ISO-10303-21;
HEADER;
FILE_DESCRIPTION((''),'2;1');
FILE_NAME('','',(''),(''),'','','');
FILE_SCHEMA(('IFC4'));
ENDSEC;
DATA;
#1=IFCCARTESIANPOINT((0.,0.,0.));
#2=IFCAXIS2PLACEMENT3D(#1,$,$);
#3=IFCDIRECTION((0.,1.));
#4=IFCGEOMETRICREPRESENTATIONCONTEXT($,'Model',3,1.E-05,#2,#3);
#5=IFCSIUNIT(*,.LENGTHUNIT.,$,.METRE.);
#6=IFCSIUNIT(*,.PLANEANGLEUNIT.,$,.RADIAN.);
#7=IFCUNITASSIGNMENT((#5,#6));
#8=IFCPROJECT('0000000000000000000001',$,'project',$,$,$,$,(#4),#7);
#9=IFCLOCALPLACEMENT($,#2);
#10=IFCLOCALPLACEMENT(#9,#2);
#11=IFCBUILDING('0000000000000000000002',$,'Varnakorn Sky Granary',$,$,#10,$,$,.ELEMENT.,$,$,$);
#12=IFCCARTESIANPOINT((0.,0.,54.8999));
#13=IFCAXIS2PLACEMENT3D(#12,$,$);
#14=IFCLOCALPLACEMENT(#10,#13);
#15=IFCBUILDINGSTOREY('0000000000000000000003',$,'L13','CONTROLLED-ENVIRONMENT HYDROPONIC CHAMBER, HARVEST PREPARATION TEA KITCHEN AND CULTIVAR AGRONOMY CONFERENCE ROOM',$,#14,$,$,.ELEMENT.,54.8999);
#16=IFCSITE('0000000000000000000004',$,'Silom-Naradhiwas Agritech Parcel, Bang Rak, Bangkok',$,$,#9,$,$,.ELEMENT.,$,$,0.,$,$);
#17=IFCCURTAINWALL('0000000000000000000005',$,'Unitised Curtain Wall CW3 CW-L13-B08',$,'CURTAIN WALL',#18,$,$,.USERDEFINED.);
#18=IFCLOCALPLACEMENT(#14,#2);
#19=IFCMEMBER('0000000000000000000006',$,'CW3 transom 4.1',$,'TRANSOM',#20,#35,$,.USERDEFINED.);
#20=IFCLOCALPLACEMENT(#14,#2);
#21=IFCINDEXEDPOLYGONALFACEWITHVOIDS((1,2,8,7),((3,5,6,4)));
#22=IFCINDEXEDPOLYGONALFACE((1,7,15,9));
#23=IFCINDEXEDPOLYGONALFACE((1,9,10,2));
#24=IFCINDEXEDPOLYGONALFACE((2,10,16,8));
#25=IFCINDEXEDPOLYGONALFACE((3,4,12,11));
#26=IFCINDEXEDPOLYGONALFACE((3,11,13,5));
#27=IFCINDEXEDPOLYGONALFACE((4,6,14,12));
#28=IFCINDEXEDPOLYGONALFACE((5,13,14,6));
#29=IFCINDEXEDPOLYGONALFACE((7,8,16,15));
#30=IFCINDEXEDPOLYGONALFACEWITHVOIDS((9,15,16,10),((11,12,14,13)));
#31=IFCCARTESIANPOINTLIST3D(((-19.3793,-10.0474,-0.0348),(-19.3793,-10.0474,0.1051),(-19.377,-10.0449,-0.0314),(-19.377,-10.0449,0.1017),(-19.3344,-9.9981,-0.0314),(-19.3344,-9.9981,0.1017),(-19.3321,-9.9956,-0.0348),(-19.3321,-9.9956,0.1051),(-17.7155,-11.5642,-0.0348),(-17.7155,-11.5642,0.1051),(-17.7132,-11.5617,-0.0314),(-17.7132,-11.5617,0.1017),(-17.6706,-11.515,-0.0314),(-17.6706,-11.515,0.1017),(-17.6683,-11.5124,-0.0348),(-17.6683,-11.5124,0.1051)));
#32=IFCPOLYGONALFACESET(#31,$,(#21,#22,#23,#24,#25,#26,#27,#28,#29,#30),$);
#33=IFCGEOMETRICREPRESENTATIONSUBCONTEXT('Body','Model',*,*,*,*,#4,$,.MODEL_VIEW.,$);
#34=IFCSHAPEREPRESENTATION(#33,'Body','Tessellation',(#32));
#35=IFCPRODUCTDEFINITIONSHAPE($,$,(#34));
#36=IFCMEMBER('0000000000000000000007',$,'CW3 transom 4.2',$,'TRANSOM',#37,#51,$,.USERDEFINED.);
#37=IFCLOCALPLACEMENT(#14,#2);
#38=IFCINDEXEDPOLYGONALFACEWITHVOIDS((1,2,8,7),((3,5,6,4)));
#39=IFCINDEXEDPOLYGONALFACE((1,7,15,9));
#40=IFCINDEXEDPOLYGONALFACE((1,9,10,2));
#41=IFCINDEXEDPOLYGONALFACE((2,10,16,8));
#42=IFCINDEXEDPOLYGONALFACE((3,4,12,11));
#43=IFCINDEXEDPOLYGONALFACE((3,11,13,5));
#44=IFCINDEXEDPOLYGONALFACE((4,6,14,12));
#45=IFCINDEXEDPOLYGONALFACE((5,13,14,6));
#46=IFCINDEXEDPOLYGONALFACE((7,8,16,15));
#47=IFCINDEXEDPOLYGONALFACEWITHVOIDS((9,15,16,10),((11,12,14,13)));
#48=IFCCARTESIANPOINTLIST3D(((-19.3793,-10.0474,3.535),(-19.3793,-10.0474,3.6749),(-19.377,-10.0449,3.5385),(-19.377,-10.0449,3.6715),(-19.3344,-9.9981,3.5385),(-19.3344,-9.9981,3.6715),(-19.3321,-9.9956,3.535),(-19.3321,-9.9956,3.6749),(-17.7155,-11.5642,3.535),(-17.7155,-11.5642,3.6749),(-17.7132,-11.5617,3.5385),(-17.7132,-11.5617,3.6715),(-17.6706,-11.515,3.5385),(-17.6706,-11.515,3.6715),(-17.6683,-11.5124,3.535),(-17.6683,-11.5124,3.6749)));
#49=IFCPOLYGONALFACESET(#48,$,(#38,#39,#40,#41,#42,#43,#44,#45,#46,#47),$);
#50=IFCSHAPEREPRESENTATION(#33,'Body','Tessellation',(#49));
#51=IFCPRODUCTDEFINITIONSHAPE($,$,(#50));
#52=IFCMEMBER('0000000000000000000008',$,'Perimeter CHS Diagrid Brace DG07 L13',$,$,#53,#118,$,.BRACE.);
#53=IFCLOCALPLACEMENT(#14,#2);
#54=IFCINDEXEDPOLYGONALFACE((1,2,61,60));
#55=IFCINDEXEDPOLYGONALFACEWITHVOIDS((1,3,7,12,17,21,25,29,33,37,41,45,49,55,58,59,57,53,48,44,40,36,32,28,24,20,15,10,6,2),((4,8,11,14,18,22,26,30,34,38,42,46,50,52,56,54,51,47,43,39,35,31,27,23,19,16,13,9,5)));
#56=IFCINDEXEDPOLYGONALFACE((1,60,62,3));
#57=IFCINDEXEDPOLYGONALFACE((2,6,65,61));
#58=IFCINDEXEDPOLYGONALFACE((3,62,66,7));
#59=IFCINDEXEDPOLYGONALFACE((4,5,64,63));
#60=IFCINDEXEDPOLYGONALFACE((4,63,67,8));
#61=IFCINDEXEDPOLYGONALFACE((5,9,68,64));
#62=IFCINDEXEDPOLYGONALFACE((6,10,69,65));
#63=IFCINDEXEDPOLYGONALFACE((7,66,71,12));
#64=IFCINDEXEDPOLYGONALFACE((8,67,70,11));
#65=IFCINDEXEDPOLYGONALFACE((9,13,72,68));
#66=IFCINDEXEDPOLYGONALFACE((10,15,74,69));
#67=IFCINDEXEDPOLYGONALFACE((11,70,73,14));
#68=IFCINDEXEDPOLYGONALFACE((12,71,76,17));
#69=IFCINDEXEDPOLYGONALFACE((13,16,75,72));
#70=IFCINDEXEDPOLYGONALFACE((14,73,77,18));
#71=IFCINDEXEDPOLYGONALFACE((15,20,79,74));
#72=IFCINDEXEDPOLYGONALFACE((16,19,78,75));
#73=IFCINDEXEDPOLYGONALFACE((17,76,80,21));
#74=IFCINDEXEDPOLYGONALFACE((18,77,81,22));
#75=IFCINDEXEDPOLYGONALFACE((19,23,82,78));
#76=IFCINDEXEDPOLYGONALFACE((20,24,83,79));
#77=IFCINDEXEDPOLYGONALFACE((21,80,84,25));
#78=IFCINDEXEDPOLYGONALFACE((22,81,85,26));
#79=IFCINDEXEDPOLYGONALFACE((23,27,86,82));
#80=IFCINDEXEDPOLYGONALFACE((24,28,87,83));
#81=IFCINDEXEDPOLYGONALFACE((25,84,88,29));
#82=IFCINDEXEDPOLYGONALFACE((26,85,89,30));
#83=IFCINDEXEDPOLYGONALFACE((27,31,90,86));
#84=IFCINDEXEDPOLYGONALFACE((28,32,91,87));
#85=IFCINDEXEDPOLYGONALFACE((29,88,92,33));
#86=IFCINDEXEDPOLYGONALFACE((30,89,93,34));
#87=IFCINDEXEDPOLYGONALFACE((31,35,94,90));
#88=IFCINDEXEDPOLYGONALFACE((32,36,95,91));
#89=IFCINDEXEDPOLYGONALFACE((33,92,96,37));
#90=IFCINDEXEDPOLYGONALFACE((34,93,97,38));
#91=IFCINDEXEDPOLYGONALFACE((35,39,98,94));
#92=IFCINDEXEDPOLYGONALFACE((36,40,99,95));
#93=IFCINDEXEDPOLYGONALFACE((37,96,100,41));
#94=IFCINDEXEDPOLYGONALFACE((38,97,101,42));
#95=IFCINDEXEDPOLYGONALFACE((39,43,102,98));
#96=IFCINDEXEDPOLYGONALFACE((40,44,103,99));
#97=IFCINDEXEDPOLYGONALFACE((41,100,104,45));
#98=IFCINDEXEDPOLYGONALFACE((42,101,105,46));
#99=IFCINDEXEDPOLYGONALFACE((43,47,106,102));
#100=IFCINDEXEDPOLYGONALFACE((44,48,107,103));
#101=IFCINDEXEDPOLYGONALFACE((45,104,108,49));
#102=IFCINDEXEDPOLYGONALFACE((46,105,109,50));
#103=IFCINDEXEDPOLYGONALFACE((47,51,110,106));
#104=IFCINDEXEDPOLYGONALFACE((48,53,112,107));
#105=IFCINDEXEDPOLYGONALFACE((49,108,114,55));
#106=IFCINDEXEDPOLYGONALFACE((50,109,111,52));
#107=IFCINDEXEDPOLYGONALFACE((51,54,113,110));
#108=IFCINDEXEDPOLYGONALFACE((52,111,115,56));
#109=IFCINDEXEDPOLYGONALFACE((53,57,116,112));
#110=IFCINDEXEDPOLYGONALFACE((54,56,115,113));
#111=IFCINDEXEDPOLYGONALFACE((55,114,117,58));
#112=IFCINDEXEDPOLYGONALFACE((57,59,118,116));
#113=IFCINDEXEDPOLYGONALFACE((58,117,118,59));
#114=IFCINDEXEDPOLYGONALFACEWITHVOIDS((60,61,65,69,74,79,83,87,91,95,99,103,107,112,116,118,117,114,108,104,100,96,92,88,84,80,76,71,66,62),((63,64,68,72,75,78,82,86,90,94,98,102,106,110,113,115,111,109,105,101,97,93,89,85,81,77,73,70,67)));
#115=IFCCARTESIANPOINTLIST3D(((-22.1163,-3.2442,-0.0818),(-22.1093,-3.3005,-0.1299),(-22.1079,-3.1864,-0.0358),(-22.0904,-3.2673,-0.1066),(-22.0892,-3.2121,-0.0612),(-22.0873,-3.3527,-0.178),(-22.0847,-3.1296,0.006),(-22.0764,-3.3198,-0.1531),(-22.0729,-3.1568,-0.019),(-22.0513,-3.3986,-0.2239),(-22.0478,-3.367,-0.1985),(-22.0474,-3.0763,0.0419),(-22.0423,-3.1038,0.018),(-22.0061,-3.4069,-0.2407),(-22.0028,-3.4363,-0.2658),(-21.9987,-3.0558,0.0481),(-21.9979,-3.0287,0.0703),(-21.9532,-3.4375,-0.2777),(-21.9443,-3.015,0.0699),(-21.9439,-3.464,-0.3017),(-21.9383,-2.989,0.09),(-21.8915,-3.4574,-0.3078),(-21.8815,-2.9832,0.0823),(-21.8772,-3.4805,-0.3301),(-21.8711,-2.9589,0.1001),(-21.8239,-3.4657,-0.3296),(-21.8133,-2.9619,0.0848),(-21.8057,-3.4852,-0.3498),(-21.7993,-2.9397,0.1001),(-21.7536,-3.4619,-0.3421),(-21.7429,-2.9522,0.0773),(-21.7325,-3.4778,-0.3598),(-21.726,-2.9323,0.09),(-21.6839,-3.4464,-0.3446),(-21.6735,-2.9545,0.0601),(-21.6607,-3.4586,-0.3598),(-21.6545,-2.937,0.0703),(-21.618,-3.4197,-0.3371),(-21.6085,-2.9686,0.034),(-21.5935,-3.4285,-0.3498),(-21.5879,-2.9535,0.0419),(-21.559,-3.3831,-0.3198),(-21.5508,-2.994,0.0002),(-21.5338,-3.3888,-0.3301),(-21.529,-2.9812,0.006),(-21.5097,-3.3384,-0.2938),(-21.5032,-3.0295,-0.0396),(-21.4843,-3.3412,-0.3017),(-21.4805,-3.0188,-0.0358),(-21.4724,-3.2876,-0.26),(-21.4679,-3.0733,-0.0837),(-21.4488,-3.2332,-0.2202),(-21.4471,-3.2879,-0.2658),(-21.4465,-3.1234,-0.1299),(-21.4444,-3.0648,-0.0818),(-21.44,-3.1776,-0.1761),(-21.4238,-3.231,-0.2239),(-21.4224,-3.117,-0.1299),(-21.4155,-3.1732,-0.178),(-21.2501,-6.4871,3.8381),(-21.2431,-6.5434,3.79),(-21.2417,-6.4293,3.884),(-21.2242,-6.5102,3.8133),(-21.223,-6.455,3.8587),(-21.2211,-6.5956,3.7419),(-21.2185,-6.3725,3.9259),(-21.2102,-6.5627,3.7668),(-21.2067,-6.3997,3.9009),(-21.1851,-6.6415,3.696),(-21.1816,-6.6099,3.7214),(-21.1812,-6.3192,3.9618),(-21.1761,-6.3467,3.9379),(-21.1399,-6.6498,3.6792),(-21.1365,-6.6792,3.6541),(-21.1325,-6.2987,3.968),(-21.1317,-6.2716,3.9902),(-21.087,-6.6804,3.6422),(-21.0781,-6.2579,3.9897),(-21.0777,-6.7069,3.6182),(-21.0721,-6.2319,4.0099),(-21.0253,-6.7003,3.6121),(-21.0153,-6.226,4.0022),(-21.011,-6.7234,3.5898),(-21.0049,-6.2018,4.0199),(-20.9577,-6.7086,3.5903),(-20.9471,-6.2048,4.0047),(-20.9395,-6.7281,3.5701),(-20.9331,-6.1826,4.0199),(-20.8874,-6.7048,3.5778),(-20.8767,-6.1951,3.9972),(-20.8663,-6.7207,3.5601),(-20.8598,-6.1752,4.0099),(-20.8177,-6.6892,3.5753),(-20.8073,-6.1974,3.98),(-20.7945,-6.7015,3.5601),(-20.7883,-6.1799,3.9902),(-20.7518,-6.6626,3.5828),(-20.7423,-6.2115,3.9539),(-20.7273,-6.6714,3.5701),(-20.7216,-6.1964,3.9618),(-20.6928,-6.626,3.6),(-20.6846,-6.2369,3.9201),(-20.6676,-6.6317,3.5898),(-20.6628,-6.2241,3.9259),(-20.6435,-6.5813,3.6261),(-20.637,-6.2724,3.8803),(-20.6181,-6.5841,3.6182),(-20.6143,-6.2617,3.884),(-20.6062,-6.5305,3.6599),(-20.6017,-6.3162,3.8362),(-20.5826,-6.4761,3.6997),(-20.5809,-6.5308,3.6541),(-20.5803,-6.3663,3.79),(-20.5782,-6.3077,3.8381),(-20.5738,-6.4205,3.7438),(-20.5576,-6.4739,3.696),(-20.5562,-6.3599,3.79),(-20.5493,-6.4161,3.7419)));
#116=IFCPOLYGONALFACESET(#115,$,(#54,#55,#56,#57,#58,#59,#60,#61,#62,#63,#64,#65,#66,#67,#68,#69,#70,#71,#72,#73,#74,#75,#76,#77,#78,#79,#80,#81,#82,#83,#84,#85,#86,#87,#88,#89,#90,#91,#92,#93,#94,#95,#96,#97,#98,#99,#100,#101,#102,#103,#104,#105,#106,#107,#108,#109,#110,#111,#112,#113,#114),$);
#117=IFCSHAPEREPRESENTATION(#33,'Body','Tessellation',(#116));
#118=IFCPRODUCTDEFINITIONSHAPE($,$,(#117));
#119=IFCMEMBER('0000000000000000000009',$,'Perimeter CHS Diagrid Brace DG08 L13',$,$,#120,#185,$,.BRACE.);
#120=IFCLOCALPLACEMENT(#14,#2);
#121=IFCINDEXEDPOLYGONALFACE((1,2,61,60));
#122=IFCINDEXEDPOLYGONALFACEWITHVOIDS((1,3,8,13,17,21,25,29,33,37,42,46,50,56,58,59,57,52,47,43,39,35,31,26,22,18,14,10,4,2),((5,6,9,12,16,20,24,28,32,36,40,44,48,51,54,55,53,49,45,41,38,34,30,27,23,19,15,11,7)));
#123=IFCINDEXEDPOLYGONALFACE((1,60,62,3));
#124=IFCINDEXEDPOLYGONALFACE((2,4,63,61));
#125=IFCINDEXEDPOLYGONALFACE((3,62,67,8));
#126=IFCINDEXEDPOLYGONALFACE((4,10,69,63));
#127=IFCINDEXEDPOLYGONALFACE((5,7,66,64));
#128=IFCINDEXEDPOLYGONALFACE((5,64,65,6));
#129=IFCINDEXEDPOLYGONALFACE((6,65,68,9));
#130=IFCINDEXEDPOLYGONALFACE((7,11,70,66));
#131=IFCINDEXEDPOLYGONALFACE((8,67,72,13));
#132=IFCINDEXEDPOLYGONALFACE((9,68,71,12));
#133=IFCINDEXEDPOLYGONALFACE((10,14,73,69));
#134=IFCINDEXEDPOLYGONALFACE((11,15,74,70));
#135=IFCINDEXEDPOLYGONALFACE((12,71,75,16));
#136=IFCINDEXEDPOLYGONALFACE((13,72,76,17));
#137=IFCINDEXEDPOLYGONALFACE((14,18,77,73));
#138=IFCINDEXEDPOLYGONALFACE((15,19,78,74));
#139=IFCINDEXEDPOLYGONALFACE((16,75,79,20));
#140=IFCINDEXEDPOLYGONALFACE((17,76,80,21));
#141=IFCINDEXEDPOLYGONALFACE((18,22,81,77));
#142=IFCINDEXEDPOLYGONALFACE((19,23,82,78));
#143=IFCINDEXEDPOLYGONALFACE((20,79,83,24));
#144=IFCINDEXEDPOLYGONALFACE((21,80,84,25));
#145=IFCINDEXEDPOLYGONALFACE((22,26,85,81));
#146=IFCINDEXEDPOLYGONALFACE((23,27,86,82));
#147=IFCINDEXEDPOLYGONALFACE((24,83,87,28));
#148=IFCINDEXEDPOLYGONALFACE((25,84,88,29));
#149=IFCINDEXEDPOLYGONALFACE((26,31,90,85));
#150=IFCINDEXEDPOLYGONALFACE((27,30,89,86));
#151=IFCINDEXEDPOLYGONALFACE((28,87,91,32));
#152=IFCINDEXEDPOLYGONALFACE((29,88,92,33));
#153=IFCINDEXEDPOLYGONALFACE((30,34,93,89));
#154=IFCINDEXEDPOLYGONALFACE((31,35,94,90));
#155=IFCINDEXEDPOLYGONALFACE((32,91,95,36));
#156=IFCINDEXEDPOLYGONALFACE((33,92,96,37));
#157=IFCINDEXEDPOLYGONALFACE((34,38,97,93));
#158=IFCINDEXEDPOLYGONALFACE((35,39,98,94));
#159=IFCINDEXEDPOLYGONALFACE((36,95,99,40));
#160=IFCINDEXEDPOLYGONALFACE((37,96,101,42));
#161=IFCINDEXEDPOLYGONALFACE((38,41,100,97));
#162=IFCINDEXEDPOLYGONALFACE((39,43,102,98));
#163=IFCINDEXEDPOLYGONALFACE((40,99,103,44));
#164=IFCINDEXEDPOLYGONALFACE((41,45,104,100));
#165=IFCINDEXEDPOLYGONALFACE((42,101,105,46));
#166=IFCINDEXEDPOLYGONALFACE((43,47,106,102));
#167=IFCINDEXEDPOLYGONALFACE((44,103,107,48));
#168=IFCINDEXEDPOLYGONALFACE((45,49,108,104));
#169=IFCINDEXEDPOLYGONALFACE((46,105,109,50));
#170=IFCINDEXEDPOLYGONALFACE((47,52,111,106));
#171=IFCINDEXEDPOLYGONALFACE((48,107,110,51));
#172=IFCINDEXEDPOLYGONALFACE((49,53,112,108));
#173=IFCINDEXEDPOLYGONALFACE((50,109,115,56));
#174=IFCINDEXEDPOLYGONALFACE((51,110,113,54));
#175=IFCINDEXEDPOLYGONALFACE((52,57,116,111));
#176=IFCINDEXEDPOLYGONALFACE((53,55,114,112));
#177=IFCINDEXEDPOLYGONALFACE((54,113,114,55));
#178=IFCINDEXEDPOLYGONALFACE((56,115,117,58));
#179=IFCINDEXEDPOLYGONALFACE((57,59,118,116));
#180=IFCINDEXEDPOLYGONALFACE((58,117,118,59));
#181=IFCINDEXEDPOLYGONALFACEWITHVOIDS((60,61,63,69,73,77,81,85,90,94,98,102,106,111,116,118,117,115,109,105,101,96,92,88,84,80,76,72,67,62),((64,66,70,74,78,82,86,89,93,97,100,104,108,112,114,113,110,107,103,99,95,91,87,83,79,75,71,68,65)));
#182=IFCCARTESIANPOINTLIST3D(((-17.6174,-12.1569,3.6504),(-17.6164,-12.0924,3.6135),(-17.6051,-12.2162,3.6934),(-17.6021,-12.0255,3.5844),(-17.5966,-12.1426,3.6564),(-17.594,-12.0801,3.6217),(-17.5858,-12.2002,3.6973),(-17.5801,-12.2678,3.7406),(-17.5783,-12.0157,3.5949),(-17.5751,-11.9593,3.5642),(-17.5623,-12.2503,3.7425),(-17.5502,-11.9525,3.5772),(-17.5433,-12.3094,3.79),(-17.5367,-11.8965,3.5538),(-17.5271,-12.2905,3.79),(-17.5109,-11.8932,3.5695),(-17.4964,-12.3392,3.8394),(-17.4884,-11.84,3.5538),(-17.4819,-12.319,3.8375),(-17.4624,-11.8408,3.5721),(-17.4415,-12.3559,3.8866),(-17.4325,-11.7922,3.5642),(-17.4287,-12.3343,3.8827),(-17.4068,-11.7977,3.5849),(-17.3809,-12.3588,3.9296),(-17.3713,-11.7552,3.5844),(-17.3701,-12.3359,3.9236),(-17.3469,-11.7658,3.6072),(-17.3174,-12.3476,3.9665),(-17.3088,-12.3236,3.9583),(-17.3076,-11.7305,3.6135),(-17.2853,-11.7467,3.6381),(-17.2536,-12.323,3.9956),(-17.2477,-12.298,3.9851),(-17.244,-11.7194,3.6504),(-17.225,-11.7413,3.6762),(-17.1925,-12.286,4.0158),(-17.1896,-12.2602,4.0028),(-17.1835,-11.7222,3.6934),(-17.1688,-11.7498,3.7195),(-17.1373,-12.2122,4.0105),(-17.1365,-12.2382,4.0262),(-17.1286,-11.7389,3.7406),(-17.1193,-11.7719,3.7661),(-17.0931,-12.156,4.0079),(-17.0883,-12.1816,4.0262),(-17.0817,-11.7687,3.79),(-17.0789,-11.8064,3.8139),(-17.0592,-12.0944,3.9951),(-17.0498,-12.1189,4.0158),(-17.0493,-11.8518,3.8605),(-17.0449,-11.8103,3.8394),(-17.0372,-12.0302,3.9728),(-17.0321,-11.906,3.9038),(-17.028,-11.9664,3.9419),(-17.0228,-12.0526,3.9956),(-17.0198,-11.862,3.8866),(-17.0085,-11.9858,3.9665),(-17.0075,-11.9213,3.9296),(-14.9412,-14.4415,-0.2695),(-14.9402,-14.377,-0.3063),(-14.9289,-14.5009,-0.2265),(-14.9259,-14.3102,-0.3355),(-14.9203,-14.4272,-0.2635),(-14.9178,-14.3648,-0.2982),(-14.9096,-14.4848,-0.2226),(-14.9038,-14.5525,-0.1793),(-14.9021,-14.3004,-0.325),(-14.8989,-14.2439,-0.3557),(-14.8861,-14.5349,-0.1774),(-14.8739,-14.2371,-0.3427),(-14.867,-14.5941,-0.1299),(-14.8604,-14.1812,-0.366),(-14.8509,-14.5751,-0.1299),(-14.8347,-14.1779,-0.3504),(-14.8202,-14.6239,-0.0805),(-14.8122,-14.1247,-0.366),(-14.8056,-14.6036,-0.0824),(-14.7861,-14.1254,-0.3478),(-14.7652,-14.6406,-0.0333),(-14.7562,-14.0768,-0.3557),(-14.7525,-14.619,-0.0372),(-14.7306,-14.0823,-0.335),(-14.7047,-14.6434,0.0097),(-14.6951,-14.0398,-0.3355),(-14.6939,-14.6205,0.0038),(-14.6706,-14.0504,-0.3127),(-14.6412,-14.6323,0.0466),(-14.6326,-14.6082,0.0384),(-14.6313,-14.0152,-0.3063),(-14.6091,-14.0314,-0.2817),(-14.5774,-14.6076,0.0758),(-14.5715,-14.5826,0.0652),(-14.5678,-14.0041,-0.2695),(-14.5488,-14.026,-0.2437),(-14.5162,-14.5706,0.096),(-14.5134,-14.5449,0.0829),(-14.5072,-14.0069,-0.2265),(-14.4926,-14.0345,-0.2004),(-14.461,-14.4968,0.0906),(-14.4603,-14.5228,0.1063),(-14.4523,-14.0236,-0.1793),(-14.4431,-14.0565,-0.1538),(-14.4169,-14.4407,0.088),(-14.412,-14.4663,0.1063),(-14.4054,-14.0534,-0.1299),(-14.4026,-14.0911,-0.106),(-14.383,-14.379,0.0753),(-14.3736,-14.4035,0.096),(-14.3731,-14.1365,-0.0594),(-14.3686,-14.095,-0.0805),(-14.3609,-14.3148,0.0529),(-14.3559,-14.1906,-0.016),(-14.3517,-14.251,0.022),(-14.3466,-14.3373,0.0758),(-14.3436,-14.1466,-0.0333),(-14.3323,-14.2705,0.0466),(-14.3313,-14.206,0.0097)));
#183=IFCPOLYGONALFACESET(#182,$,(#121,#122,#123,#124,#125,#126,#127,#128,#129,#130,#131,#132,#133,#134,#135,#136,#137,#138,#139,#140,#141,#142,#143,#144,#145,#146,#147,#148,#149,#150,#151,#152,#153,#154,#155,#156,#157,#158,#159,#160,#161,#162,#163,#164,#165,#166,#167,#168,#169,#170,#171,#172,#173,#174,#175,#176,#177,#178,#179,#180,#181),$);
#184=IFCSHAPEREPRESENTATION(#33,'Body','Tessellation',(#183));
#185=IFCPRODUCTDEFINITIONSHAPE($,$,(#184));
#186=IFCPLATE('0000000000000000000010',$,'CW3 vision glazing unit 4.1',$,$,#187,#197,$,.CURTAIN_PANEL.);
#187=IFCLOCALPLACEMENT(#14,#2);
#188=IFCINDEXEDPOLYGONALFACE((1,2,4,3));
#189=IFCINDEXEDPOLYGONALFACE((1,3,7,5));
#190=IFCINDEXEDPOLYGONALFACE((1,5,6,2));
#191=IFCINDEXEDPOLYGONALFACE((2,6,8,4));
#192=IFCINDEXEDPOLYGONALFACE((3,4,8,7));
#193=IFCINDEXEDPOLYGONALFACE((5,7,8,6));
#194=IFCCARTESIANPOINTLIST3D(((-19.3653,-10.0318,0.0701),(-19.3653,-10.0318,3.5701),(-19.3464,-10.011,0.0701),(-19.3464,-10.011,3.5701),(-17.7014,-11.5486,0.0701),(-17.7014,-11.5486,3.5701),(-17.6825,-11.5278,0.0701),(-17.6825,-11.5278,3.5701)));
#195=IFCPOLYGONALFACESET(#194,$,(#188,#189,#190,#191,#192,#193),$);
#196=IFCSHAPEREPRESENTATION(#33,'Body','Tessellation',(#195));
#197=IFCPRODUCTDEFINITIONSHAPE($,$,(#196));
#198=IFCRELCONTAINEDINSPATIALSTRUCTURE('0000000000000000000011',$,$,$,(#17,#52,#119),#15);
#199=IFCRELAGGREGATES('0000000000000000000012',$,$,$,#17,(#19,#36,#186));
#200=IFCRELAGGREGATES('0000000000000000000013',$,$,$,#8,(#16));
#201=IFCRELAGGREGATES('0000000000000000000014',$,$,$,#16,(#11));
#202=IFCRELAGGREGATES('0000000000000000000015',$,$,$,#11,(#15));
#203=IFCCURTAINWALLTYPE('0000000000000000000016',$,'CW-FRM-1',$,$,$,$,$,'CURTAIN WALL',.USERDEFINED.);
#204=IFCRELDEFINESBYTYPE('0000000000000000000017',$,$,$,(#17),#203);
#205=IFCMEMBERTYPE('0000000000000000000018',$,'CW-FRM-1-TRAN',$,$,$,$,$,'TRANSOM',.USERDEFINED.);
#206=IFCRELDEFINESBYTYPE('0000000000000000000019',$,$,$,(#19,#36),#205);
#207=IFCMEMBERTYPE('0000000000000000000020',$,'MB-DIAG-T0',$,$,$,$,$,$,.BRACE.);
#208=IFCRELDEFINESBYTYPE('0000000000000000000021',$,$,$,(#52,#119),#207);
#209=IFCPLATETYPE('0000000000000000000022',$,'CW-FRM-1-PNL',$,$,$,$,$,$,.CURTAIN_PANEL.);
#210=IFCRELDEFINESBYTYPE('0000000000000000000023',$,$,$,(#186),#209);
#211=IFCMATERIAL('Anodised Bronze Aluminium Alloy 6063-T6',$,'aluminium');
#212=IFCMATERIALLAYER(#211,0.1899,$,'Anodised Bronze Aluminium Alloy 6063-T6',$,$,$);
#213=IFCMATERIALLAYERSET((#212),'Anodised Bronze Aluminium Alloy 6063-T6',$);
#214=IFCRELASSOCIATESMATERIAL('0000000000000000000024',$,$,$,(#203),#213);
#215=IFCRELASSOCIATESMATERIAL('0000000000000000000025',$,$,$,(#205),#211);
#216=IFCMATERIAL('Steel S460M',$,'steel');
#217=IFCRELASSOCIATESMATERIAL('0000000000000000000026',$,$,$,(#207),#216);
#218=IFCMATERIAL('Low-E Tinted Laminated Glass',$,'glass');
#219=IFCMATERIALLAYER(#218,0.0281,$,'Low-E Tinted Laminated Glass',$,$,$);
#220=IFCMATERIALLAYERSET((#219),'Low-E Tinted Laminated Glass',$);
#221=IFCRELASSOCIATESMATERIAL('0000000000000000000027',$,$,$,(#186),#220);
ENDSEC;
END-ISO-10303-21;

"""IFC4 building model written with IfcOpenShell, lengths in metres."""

from ifc_helpers import new_model, si_unit, direction, frame, origin, origin_2d, place, context, subcontext, project, spatial, rectangle, hollow_rectangle, hollow_circle, extrude, source, transform, mapped, material, layer, layer_set, material_profile, profile_set, type_object, element, aggregate, save


model = new_model("IFC4")

# Units and contexts
model_context = context("Model", 3, precision=1e-05, world=origin(), true_north=direction((0.0, 1.0)))
body_context = subcontext(model_context, "Body", "Model", "MODEL_VIEW")
ifc_project = project(units=[si_unit("LENGTHUNIT", "METRE"), si_unit("PLANEANGLEUNIT", "RADIAN")], contexts=[model_context])

# Site, building, storey
site_placement = place(None, origin())
site = spatial("IfcSite", under=ifc_project, at=site_placement, Name="Silom-Naradhiwas Agritech Parcel, Bang Rak, Bangkok", CompositionType="ELEMENT", RefElevation=0.0)
building_placement = place(site_placement, origin())
building = spatial("IfcBuilding", under=site, at=building_placement, Name="Varnakorn Sky Granary", CompositionType="ELEMENT")
storey_placement = place(building_placement, frame((0.0, 0.0, 54.8999)))
storey = spatial("IfcBuildingStorey", under=building, at=storey_placement, Name="L13", Description="CONTROLLED-ENVIRONMENT HYDROPONIC CHAMBER, HARVEST PREPARATION TEA KITCHEN AND CULTIVAR AGRONOMY CONFERENCE ROOM", CompositionType="ELEMENT", Elevation=54.8999)

# Shared definitions
ifc_material_1 = material(Name="Steel S460M", Category="steel")

# Curtain wall
ifc_material_2 = material(Name="Anodised Bronze Aluminium Alloy 6063-T6", Category="aluminium")
ifc_layer_1 = layer(ifc_material_2, 0.1899, Name="Anodised Bronze Aluminium Alloy 6063-T6")
ifc_layer_set_1 = layer_set([ifc_layer_1], Name="Anodised Bronze Aluminium Alloy 6063-T6")
curtain_wall_type = type_object("IfcCurtainWallType", Name="CW-FRM-1", ElementType="CURTAIN WALL", PredefinedType="USERDEFINED", material=ifc_layer_set_1)
curtain_wall_1_placement = place(storey_placement, origin())
curtain_wall_1 = element("IfcCurtainWall", 1, at=curtain_wall_1_placement, inside=storey, type_object=curtain_wall_type, Name="Unitised Curtain Wall CW3 CW-L13-B08", ObjectType="CURTAIN WALL", PredefinedType="USERDEFINED")

# Members
ifc_material_profile_1 = material_profile(ifc_material_2, hollow_rectangle(XDim=0.0701, YDim=0.1399, WallThickness=0.0034, at=origin_2d()), Name="ALU TRAN 70x140")
ifc_profile_set_1 = profile_set([ifc_material_profile_1], Name="Anodised Bronze Aluminium Alloy 6063-T6")
member_type_1 = type_object("IfcMemberType", Name="CW-FRM-1-TRAN", ElementType="TRANSOM", PredefinedType="USERDEFINED", material=ifc_profile_set_1)
member_1_placement = place(storey_placement, frame((-17.6919, -11.5383, 0.0352), z_axis=(-0.738992, 0.673714, 0.0), x_axis=(-0.673714, -0.738992, 0.0)))
member_1 = element("IfcMember", 2, at=member_1_placement, type_object=member_type_1, Name="CW3 transom 4.1", ObjectType="TRANSOM", PredefinedType="USERDEFINED", context=body_context, shape_type="SweptSolid", body=[
    extrude(hollow_rectangle(XDim=0.0701, YDim=0.1399, WallThickness=0.0034, at=origin_2d()), origin(), (0.0, 0.0, 1.0), 2.2515),
])
member_2_placement = place(storey_placement, frame((-17.6919, -11.5383, 3.605), z_axis=(-0.738992, 0.673714, 0.0), x_axis=(-0.673714, -0.738992, 0.0)))
member_2 = element("IfcMember", 3, at=member_2_placement, type_object=member_type_1, Name="CW3 transom 4.2", ObjectType="TRANSOM", PredefinedType="USERDEFINED", context=body_context, shape_type="SweptSolid", body=[
    extrude(hollow_rectangle(XDim=0.0701, YDim=0.1399, WallThickness=0.0034, at=origin_2d()), origin(), (0.0, 0.0, 1.0), 2.2515),
])

# Members
ifc_material_profile_2 = material_profile(ifc_material_1, hollow_circle(Radius=0.3555, WallThickness=0.0249, at=origin_2d()), Name="CHS 711x25")
ifc_profile_set_2 = profile_set([ifc_material_profile_2], Name="Steel S460M")
member_type_2 = type_object("IfcMemberType", Name="MB-DIAG-T0", PredefinedType="BRACE", material=ifc_profile_set_2)
member_3_placement = place(storey_placement, frame((-21.7659, -3.2087, -0.1299), z_axis=(0.167848, -0.62839, 0.759574), x_axis=(0.966129, 0.258061, 0.0)))
element("IfcMember", 4, at=member_3_placement, inside=storey, type_object=member_type_2, Name="Perimeter CHS Diagrid Brace DG07 L13", PredefinedType="BRACE", context=body_context, shape_type="SweptSolid", body=[
    extrude(hollow_circle(Radius=0.3555, WallThickness=0.0249, at=origin_2d()), origin(), (0.0, 0.0, 1.0), 5.1606),
])
member_4_placement = place(storey_placement, frame((-14.6362, -14.3237, -0.1299), z_axis=(-0.50806, 0.433718, 0.744153), x_axis=(-0.64927, -0.760558, 0.0)))
element("IfcMember", 5, at=member_4_placement, inside=storey, type_object=member_type_2, Name="Perimeter CHS Diagrid Brace DG08 L13", PredefinedType="BRACE", context=body_context, shape_type="SweptSolid", body=[
    extrude(hollow_circle(Radius=0.3555, WallThickness=0.0249, at=origin_2d()), origin(), (0.0, 0.0, 1.0), 5.2676),
])

# Plate
ifc_material_3 = material(Name="Low-E Tinted Laminated Glass", Category="glass")
ifc_layer_2 = layer(ifc_material_3, 0.0281, Name="Low-E Tinted Laminated Glass")
ifc_layer_set_2 = layer_set([ifc_layer_2], Name="Low-E Tinted Laminated Glass")
plate_type = type_object("IfcPlateType", Name="CW-FRM-1-PNL", PredefinedType="CURTAIN_PANEL")
shared_shape_1 = source(origin(), body_context, "Body", "SweptSolid", [
    extrude(rectangle(XDim=2.2515, YDim=0.0281, at=origin_2d()), origin(), (0.0, 0.0, 1.0), 3.5),
])
plate_1_placement = place(storey_placement, frame((-18.5239, -10.7798, 0.0701), z_axis=(0.0, 0.0, 1.0), x_axis=(-0.739017, 0.673687, 0.0)))
plate_1 = element("IfcPlate", 6, at=plate_1_placement, type_object=plate_type, material=ifc_layer_set_2, Name="CW3 vision glazing unit 4.1", PredefinedType="CURTAIN_PANEL", context=body_context, shape_type="MappedRepresentation", body=[
    mapped(shared_shape_1, transform((0.0, 0.0, 0.0), x_axis=(1.0, 0.0, 0.0), y_axis=(0.0, 1.0, 0.0), z_axis=(0.0, 0.0, 1.0), scale=1.0)),
])
aggregate(curtain_wall_1, [member_1, member_2, plate_1])

save(model, "model.ifc")
